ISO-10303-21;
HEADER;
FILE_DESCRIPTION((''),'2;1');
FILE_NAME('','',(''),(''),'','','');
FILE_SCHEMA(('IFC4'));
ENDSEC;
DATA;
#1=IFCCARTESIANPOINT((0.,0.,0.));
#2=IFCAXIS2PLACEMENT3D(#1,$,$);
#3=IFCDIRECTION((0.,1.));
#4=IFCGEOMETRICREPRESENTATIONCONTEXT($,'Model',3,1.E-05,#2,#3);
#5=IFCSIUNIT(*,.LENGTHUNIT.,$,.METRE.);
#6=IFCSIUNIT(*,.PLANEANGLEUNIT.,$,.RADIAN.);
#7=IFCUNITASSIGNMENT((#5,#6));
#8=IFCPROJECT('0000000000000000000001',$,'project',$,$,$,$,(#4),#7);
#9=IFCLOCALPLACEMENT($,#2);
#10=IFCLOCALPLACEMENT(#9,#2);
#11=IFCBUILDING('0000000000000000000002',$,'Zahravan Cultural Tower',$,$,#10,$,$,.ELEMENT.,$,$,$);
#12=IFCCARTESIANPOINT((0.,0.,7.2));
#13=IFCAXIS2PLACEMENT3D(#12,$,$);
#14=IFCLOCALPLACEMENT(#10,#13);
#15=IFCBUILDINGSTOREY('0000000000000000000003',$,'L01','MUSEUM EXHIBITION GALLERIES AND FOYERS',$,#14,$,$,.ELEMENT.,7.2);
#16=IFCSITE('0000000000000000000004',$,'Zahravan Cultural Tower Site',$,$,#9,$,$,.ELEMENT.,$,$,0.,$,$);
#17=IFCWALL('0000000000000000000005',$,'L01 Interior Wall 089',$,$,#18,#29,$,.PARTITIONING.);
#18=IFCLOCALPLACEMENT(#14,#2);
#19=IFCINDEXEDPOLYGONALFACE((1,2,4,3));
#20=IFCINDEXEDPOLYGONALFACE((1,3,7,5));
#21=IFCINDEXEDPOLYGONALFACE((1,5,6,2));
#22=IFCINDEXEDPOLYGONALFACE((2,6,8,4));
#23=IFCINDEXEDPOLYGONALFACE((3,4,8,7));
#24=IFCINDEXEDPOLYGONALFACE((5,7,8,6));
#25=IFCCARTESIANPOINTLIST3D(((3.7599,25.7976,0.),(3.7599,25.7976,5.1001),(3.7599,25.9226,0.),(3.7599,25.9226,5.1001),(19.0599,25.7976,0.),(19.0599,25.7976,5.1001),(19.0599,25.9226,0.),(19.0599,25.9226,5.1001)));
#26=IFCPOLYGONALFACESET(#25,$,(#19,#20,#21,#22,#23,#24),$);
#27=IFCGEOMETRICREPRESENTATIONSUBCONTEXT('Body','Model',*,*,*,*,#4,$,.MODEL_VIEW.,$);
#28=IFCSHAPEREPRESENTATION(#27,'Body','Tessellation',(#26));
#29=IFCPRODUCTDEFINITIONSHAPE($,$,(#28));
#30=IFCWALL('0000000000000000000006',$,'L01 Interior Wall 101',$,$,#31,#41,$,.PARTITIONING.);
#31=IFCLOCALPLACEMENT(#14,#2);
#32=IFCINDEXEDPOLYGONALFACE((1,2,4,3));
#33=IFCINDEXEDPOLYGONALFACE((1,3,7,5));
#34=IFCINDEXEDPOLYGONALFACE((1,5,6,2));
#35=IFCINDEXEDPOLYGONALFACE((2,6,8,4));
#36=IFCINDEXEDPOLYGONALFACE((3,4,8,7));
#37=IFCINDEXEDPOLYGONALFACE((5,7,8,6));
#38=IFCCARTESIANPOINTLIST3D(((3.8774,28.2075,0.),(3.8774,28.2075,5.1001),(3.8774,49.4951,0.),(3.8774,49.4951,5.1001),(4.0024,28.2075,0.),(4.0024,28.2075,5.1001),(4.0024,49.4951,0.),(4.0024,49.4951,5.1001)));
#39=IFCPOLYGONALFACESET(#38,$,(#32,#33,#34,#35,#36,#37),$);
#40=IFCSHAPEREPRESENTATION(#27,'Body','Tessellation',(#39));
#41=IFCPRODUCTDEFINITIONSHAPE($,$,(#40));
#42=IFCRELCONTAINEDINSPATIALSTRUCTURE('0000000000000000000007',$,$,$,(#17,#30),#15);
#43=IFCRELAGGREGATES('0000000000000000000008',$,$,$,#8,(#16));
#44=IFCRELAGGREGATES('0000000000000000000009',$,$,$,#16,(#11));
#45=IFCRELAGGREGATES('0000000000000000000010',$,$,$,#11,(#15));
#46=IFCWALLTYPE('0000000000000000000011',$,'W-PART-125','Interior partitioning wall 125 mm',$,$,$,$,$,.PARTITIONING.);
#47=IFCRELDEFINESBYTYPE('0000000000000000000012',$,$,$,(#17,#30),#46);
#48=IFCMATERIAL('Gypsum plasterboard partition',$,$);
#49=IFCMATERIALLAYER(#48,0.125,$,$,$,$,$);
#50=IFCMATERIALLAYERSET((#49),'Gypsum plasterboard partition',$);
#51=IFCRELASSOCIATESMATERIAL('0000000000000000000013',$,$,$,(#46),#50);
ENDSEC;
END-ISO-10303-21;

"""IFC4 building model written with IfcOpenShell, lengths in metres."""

from ifc_helpers import new_model, si_unit, direction, frame, frame_2d, origin, place, context, subcontext, project, spatial, rectangle, extrude, source, transform, mapped, material, layer, layer_set, type_object, element, save


model = new_model("IFC4")

# Units and contexts
model_context = context("Model", 3, precision=1e-05, world=origin(), true_north=direction((0.0, 1.0)))
body_context = subcontext(model_context, "Body", "Model", "MODEL_VIEW")
ifc_project = project(units=[si_unit("LENGTHUNIT", "METRE"), si_unit("PLANEANGLEUNIT", "RADIAN")], contexts=[model_context])

# Site, building, storey
site_placement = place(None, origin())
site = spatial("IfcSite", under=ifc_project, at=site_placement, Name="Zahravan Cultural Tower Site", CompositionType="ELEMENT", RefElevation=0.0)
building_placement = place(site_placement, origin())
building = spatial("IfcBuilding", under=site, at=building_placement, Name="Zahravan Cultural Tower", CompositionType="ELEMENT")
storey_placement = place(building_placement, frame((0.0, 0.0, 7.2)))
storey = spatial("IfcBuildingStorey", under=building, at=storey_placement, Name="L01", Description="MUSEUM EXHIBITION GALLERIES AND FOYERS", CompositionType="ELEMENT", Elevation=7.2)

# Walls
ifc_material_1 = material(Name="Gypsum plasterboard partition")
ifc_layer_1 = layer(ifc_material_1, 0.125)
ifc_layer_set_1 = layer_set([ifc_layer_1], Name="Gypsum plasterboard partition")
wall_type = type_object("IfcWallType", Name="W-PART-125", Description="Interior partitioning wall 125 mm", PredefinedType="PARTITIONING", material=ifc_layer_set_1)
shared_shape_1 = source(origin(), body_context, "Body", "SweptSolid", [
    extrude(rectangle(XDim=15.3, YDim=0.125, at=frame_2d((7.6499, 0.0))), origin(), (0.0, 0.0, 1.0), 5.1001),
])
wall_1_placement = place(storey_placement, frame((3.76, 25.8601, 0.0), z_axis=(0.0, 0.0, 1.0), x_axis=(1.0, 0.0, 0.0)))
element("IfcWall", 1, at=wall_1_placement, inside=storey, type_object=wall_type, Name="L01 Interior Wall 089", PredefinedType="PARTITIONING", context=body_context, shape_type="MappedRepresentation", body=[
    mapped(shared_shape_1, transform((0.0, 0.0, 0.0), x_axis=(1.0, 0.0, 0.0), y_axis=(0.0, 1.0, 0.0), z_axis=(0.0, 0.0, 1.0), scale=1.0)),
])
shared_shape_2 = source(origin(), body_context, "Body", "SweptSolid", [
    extrude(rectangle(XDim=21.2876, YDim=0.125, at=frame_2d((10.6438, 0.0))), origin(), (0.0, 0.0, 1.0), 5.1001),
])
wall_2_placement = place(storey_placement, frame((3.9399, 28.2075, 0.0), z_axis=(0.0, 0.0, 1.0), x_axis=(0.0, 1.0, 0.0)))
element("IfcWall", 2, at=wall_2_placement, inside=storey, type_object=wall_type, Name="L01 Interior Wall 101", PredefinedType="PARTITIONING", context=body_context, shape_type="MappedRepresentation", body=[
    mapped(shared_shape_2, transform((0.0, 0.0, 0.0), x_axis=(1.0, 0.0, 0.0), y_axis=(0.0, 1.0, 0.0), z_axis=(0.0, 0.0, 1.0), scale=1.0)),
])

save(model, "model.ifc")
